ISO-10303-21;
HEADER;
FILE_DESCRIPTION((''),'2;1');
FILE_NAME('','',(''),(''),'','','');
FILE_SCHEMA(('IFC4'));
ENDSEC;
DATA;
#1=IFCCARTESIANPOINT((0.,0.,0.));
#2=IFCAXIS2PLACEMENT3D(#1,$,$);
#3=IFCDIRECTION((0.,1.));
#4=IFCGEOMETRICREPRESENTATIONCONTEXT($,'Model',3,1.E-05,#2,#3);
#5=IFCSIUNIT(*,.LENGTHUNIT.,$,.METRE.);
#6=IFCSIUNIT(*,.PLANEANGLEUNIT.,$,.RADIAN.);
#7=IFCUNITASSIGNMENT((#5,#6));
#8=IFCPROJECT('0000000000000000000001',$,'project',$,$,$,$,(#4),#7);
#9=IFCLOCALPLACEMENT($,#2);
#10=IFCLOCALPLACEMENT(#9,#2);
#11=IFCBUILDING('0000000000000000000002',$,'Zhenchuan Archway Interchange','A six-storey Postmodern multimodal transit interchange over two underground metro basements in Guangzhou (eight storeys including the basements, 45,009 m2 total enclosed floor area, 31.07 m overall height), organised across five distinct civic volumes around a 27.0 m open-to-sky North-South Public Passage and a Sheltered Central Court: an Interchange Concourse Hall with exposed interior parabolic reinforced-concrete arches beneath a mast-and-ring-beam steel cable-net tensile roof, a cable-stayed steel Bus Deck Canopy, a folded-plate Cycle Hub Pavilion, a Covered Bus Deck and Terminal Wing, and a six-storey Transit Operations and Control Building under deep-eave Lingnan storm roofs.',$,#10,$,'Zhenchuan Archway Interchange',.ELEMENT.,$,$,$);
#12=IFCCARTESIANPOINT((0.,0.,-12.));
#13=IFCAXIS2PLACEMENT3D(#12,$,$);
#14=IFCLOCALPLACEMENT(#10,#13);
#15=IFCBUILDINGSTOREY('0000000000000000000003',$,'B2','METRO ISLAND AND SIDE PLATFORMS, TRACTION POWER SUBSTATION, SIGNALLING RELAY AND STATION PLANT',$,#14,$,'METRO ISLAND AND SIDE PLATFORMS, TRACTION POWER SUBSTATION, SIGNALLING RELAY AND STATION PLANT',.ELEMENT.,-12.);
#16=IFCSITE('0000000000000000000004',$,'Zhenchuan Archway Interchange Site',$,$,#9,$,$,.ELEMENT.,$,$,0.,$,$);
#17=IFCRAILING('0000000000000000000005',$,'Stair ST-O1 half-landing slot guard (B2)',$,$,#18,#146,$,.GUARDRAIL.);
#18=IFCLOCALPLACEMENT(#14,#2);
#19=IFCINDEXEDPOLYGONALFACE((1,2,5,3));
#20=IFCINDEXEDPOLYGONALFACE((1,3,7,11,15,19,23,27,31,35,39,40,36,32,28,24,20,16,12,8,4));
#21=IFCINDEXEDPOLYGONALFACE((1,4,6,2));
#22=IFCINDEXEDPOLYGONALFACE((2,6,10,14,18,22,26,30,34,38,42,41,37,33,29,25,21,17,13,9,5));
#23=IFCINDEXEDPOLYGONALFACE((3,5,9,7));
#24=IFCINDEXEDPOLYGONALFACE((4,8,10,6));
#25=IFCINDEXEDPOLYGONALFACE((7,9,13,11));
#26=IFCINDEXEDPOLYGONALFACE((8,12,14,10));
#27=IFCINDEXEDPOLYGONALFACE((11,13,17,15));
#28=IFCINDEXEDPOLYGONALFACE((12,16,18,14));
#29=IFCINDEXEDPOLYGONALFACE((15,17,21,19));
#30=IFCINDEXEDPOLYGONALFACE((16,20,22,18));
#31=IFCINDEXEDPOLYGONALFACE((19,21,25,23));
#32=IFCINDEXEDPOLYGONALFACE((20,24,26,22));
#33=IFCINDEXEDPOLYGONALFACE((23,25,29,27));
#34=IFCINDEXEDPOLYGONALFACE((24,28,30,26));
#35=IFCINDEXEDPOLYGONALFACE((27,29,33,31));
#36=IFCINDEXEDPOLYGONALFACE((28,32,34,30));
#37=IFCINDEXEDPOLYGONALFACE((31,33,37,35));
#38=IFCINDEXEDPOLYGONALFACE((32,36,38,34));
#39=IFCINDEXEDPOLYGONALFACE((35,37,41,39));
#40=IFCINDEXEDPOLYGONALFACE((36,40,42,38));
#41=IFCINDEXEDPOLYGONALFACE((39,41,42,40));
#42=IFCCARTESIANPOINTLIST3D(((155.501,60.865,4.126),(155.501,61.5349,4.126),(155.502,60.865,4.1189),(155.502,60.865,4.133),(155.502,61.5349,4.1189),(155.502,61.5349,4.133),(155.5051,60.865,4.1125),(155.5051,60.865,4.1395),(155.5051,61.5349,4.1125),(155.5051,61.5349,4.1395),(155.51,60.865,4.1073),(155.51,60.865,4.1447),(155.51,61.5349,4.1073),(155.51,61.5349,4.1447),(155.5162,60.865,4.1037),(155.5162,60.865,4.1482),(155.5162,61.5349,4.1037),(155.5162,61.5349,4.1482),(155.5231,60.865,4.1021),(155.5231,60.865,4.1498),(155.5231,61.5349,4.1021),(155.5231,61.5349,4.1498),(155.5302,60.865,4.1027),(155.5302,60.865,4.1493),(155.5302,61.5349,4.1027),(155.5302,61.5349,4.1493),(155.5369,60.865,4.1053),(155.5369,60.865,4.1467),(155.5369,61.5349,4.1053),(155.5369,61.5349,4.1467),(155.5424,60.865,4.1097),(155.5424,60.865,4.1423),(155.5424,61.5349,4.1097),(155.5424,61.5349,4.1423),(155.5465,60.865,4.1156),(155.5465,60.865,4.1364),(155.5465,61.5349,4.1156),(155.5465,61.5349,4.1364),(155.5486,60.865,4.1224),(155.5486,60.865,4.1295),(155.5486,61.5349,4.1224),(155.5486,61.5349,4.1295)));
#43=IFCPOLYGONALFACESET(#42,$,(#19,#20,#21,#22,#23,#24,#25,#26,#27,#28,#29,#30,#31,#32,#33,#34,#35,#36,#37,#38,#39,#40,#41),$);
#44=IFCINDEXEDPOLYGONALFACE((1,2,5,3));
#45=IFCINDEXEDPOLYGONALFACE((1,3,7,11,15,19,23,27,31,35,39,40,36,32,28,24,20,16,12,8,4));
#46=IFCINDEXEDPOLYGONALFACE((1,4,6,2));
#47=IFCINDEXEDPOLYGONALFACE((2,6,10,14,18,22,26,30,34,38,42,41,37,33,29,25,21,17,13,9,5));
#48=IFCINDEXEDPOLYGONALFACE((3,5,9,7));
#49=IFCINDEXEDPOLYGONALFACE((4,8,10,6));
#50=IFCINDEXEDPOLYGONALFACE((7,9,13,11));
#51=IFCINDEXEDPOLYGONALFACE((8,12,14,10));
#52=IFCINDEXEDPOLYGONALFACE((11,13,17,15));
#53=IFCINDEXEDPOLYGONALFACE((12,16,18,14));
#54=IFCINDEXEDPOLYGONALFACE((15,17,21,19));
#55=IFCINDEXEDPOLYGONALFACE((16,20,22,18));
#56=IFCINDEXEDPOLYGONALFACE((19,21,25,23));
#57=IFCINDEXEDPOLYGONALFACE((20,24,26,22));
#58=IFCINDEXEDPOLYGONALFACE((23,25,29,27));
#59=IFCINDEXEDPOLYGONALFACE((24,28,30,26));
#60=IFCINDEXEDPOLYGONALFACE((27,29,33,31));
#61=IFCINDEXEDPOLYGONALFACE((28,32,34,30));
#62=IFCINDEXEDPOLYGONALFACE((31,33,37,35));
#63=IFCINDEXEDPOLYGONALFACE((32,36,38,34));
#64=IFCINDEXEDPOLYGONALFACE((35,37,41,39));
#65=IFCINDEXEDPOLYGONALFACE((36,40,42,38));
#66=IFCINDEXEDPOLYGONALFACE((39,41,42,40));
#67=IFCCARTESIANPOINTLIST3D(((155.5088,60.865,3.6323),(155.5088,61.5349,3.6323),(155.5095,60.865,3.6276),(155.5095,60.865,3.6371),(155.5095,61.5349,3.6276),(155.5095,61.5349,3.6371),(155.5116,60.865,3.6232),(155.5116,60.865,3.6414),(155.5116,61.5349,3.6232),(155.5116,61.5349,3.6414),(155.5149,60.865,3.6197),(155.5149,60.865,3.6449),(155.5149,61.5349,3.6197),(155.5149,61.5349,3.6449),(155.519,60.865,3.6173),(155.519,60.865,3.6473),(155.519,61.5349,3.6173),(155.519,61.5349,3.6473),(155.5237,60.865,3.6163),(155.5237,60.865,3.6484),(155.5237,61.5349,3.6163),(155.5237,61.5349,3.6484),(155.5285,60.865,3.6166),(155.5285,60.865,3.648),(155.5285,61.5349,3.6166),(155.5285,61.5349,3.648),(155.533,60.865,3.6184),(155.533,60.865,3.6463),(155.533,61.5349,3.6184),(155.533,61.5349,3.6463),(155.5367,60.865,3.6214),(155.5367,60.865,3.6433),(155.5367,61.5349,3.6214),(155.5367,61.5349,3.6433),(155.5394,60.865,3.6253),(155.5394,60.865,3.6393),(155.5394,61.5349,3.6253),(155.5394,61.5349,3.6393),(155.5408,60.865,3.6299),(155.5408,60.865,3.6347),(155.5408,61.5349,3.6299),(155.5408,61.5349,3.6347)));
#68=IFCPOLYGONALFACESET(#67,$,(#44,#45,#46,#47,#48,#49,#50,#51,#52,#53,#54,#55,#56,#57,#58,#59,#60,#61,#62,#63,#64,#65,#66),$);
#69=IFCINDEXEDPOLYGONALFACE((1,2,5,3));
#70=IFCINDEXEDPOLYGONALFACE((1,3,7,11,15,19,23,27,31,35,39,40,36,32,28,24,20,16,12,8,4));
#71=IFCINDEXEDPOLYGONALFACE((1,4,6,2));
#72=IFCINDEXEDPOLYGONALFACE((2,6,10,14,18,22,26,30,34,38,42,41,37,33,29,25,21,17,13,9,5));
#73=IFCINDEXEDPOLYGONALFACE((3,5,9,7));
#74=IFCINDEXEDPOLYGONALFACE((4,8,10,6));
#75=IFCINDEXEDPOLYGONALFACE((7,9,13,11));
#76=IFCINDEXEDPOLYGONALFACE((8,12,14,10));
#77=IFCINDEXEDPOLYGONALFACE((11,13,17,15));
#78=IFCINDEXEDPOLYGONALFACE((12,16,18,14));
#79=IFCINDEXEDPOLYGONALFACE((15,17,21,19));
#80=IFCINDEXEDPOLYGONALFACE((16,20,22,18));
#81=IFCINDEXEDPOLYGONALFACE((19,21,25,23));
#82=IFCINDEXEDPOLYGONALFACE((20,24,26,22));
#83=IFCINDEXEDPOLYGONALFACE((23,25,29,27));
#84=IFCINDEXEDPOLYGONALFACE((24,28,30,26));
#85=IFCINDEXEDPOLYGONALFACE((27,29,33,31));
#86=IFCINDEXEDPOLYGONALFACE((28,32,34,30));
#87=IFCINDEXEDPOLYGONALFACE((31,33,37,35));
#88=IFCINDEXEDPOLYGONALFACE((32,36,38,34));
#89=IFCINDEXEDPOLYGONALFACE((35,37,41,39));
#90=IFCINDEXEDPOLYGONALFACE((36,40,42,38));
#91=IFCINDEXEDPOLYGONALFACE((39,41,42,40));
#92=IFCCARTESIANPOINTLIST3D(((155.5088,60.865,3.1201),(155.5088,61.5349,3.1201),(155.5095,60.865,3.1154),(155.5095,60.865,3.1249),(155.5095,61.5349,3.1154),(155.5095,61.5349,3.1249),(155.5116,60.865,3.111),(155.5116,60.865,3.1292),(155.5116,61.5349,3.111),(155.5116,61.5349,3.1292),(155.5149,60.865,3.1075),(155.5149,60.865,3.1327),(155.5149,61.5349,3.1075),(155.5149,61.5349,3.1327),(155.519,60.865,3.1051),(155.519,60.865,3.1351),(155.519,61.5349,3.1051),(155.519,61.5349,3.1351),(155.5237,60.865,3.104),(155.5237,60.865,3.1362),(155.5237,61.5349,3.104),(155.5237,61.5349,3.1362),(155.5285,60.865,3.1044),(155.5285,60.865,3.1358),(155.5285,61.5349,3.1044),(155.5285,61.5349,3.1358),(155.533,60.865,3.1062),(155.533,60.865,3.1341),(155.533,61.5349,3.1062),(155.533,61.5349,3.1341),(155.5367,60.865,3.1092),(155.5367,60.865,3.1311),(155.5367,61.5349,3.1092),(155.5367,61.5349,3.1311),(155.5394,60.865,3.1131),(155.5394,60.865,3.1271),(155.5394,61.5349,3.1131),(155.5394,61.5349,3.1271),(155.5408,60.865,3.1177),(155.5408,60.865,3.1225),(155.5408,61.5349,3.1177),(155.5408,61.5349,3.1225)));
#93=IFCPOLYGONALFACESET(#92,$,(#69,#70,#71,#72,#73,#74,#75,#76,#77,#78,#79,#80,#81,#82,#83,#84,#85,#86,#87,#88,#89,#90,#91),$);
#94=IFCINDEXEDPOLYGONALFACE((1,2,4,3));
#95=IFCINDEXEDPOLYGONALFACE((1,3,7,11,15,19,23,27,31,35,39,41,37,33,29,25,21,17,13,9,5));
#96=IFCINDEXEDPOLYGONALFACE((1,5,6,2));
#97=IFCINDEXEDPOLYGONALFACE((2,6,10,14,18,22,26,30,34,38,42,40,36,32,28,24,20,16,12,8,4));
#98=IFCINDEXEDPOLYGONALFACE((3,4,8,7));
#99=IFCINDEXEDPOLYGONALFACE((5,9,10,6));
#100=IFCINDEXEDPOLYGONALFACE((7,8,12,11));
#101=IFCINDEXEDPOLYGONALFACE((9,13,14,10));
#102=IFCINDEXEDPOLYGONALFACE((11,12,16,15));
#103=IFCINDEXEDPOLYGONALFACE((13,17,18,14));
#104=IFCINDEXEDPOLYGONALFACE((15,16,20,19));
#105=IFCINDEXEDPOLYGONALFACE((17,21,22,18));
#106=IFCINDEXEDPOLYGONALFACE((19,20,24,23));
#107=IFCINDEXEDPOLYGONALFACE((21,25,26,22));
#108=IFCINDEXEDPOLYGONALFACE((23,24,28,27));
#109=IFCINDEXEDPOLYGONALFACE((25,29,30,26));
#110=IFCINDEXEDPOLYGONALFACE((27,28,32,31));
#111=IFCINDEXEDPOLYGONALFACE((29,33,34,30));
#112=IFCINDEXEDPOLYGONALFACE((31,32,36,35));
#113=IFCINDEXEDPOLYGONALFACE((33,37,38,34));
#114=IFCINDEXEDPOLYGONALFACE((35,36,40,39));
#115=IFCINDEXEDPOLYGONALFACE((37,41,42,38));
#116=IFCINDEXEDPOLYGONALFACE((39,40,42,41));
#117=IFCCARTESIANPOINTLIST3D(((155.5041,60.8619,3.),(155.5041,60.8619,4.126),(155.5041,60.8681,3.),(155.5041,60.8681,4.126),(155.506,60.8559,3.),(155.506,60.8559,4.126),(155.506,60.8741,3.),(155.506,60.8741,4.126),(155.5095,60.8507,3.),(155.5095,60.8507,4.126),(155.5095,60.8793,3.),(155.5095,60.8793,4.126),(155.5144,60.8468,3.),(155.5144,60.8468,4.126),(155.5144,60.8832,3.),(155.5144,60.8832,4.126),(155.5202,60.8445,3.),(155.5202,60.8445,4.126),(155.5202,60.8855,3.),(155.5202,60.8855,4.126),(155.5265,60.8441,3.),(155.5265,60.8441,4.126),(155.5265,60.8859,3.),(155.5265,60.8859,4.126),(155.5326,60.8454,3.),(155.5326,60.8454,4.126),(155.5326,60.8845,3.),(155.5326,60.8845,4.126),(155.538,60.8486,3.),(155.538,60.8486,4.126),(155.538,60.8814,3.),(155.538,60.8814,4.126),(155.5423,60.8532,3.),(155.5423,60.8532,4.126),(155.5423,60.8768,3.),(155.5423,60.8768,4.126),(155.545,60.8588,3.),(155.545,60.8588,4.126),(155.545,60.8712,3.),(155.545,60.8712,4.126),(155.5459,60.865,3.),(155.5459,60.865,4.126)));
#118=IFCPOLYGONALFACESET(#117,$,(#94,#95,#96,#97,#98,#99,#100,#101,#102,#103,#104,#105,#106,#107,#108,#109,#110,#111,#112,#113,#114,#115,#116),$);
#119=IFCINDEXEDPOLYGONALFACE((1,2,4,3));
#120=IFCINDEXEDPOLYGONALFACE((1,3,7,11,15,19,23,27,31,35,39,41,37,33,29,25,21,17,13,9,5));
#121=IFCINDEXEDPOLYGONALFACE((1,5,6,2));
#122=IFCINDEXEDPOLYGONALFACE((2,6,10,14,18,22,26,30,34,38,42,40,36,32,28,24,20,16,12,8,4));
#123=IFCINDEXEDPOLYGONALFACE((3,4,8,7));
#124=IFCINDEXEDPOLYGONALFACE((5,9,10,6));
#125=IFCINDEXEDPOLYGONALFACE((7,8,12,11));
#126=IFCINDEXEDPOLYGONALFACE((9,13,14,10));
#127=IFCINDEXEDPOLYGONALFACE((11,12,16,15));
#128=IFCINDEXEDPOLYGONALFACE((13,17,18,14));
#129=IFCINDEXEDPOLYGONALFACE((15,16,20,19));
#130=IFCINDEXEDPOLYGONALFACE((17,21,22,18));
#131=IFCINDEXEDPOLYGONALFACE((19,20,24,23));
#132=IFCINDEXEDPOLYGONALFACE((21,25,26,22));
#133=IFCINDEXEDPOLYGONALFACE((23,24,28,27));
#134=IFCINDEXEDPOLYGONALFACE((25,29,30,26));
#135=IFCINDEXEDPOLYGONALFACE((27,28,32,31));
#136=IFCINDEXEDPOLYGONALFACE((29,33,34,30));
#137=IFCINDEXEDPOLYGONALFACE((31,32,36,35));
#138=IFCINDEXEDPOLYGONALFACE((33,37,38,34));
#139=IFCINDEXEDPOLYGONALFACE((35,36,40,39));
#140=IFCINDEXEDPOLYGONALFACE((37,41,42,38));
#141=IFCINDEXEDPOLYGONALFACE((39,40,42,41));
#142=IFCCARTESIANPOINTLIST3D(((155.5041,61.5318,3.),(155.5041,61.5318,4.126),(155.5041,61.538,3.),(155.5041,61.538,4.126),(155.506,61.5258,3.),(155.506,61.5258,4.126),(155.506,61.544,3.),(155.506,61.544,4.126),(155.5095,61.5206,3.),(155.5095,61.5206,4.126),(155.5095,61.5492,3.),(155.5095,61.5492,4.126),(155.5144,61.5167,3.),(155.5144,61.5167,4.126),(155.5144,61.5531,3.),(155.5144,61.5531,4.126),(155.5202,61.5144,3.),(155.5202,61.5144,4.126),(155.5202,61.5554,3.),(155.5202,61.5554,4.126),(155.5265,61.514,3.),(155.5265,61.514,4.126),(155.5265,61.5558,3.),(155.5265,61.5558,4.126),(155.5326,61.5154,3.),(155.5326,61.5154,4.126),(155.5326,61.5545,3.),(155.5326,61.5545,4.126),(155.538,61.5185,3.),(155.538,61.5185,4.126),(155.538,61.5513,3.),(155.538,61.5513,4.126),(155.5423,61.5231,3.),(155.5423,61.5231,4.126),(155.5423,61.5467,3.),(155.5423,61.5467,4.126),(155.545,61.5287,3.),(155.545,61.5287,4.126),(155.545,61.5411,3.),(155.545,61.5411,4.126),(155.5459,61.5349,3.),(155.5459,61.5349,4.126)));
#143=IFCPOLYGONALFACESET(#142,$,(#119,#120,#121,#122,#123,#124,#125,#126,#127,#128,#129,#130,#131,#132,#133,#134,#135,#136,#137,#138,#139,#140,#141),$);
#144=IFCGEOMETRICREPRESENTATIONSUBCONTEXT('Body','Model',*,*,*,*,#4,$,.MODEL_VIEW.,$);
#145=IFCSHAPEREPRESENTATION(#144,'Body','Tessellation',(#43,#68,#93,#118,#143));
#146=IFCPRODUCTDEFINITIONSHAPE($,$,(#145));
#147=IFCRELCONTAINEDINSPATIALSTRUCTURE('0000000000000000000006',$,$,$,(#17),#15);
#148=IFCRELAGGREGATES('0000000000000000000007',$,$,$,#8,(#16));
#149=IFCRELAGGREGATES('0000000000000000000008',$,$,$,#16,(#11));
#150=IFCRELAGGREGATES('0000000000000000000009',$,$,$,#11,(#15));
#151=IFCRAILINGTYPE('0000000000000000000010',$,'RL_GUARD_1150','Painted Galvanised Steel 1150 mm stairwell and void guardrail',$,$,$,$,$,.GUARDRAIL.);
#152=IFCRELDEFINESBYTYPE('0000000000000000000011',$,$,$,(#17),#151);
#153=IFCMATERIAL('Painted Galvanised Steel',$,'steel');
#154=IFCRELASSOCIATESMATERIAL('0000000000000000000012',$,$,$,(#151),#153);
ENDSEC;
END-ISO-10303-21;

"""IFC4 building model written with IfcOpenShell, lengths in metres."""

from ifc_helpers import new_model, si_unit, direction, frame, origin, origin_2d, place, context, subcontext, project, spatial, circle, extrude, material, type_object, element, save


model = new_model("IFC4")

# Units and contexts
model_context = context("Model", 3, precision=1e-05, world=origin(), true_north=direction((0.0, 1.0)))
body_context = subcontext(model_context, "Body", "Model", "MODEL_VIEW")
ifc_project = project(units=[si_unit("LENGTHUNIT", "METRE"), si_unit("PLANEANGLEUNIT", "RADIAN")], contexts=[model_context])

# Site, building, storey
site_placement = place(None, origin())
site = spatial("IfcSite", under=ifc_project, at=site_placement, Name="Zhenchuan Archway Interchange Site", CompositionType="ELEMENT", RefElevation=0.0)
building_placement = place(site_placement, origin())
building = spatial("IfcBuilding", under=site, at=building_placement, Name="Zhenchuan Archway Interchange", Description="A six-storey Postmodern multimodal transit interchange over two underground metro basements in Guangzhou (eight storeys including the basements, 45,009 m2 total enclosed floor area, 31.07 m overall height), organised across five distinct civic volumes around a 27.0 m open-to-sky North-South Public Passage and a Sheltered Central Court: an Interchange Concourse Hall with exposed interior parabolic reinforced-concrete arches beneath a mast-and-ring-beam steel cable-net tensile roof, a cable-stayed steel Bus Deck Canopy, a folded-plate Cycle Hub Pavilion, a Covered Bus Deck and Terminal Wing, and a six-storey Transit Operations and Control Building under deep-eave Lingnan storm roofs.", LongName="Zhenchuan Archway Interchange", CompositionType="ELEMENT")
storey_placement = place(building_placement, frame((0.0, 0.0, -12.0)))
storey = spatial("IfcBuildingStorey", under=building, at=storey_placement, Name="B2", Description="METRO ISLAND AND SIDE PLATFORMS, TRACTION POWER SUBSTATION, SIGNALLING RELAY AND STATION PLANT", LongName="METRO ISLAND AND SIDE PLATFORMS, TRACTION POWER SUBSTATION, SIGNALLING RELAY AND STATION PLANT", CompositionType="ELEMENT", Elevation=-12.0)

# Railing
ifc_material_1 = material(Name="Painted Galvanised Steel", Category="steel")
railing_type_1 = type_object("IfcRailingType", Name="RL_GUARD_1150", Description="Painted Galvanised Steel 1150 mm stairwell and void guardrail", PredefinedType="GUARDRAIL", material=ifc_material_1)
railing_placement = place(storey_placement, frame((155.5249, 60.865, 3.0)))
element("IfcRailing", 1, at=railing_placement, inside=storey, type_object=railing_type_1, Name="Stair ST-O1 half-landing slot guard (B2)", PredefinedType="GUARDRAIL", context=body_context, shape_type="SweptSolid", body=[
    extrude(circle(Radius=0.0239, at=origin_2d()), frame((0.0, 0.0, 1.126), z_axis=(0.0, 1.0, 0.0), x_axis=(-1.0, 0.0, 0.0)), (0.0, 0.0, 1.0), 0.6699),
    extrude(circle(Radius=0.0161, at=origin_2d()), frame((0.0, 0.0, 0.6323), z_axis=(0.0, 1.0, 0.0), x_axis=(-1.0, 0.0, 0.0)), (0.0, 0.0, 1.0), 0.6699),
    extrude(circle(Radius=0.0161, at=origin_2d()), frame((0.0, 0.0, 0.1201), z_axis=(0.0, 1.0, 0.0), x_axis=(-1.0, 0.0, 0.0)), (0.0, 0.0, 1.0), 0.6699),
    extrude(circle(Radius=0.021, at=origin_2d()), origin(), (0.0, 0.0, 1.0), 1.126),
    extrude(circle(Radius=0.021, at=origin_2d()), frame((0.0, 0.6699, 0.0)), (0.0, 0.0, 1.0), 1.126),
])

save(model, "model.ifc")
